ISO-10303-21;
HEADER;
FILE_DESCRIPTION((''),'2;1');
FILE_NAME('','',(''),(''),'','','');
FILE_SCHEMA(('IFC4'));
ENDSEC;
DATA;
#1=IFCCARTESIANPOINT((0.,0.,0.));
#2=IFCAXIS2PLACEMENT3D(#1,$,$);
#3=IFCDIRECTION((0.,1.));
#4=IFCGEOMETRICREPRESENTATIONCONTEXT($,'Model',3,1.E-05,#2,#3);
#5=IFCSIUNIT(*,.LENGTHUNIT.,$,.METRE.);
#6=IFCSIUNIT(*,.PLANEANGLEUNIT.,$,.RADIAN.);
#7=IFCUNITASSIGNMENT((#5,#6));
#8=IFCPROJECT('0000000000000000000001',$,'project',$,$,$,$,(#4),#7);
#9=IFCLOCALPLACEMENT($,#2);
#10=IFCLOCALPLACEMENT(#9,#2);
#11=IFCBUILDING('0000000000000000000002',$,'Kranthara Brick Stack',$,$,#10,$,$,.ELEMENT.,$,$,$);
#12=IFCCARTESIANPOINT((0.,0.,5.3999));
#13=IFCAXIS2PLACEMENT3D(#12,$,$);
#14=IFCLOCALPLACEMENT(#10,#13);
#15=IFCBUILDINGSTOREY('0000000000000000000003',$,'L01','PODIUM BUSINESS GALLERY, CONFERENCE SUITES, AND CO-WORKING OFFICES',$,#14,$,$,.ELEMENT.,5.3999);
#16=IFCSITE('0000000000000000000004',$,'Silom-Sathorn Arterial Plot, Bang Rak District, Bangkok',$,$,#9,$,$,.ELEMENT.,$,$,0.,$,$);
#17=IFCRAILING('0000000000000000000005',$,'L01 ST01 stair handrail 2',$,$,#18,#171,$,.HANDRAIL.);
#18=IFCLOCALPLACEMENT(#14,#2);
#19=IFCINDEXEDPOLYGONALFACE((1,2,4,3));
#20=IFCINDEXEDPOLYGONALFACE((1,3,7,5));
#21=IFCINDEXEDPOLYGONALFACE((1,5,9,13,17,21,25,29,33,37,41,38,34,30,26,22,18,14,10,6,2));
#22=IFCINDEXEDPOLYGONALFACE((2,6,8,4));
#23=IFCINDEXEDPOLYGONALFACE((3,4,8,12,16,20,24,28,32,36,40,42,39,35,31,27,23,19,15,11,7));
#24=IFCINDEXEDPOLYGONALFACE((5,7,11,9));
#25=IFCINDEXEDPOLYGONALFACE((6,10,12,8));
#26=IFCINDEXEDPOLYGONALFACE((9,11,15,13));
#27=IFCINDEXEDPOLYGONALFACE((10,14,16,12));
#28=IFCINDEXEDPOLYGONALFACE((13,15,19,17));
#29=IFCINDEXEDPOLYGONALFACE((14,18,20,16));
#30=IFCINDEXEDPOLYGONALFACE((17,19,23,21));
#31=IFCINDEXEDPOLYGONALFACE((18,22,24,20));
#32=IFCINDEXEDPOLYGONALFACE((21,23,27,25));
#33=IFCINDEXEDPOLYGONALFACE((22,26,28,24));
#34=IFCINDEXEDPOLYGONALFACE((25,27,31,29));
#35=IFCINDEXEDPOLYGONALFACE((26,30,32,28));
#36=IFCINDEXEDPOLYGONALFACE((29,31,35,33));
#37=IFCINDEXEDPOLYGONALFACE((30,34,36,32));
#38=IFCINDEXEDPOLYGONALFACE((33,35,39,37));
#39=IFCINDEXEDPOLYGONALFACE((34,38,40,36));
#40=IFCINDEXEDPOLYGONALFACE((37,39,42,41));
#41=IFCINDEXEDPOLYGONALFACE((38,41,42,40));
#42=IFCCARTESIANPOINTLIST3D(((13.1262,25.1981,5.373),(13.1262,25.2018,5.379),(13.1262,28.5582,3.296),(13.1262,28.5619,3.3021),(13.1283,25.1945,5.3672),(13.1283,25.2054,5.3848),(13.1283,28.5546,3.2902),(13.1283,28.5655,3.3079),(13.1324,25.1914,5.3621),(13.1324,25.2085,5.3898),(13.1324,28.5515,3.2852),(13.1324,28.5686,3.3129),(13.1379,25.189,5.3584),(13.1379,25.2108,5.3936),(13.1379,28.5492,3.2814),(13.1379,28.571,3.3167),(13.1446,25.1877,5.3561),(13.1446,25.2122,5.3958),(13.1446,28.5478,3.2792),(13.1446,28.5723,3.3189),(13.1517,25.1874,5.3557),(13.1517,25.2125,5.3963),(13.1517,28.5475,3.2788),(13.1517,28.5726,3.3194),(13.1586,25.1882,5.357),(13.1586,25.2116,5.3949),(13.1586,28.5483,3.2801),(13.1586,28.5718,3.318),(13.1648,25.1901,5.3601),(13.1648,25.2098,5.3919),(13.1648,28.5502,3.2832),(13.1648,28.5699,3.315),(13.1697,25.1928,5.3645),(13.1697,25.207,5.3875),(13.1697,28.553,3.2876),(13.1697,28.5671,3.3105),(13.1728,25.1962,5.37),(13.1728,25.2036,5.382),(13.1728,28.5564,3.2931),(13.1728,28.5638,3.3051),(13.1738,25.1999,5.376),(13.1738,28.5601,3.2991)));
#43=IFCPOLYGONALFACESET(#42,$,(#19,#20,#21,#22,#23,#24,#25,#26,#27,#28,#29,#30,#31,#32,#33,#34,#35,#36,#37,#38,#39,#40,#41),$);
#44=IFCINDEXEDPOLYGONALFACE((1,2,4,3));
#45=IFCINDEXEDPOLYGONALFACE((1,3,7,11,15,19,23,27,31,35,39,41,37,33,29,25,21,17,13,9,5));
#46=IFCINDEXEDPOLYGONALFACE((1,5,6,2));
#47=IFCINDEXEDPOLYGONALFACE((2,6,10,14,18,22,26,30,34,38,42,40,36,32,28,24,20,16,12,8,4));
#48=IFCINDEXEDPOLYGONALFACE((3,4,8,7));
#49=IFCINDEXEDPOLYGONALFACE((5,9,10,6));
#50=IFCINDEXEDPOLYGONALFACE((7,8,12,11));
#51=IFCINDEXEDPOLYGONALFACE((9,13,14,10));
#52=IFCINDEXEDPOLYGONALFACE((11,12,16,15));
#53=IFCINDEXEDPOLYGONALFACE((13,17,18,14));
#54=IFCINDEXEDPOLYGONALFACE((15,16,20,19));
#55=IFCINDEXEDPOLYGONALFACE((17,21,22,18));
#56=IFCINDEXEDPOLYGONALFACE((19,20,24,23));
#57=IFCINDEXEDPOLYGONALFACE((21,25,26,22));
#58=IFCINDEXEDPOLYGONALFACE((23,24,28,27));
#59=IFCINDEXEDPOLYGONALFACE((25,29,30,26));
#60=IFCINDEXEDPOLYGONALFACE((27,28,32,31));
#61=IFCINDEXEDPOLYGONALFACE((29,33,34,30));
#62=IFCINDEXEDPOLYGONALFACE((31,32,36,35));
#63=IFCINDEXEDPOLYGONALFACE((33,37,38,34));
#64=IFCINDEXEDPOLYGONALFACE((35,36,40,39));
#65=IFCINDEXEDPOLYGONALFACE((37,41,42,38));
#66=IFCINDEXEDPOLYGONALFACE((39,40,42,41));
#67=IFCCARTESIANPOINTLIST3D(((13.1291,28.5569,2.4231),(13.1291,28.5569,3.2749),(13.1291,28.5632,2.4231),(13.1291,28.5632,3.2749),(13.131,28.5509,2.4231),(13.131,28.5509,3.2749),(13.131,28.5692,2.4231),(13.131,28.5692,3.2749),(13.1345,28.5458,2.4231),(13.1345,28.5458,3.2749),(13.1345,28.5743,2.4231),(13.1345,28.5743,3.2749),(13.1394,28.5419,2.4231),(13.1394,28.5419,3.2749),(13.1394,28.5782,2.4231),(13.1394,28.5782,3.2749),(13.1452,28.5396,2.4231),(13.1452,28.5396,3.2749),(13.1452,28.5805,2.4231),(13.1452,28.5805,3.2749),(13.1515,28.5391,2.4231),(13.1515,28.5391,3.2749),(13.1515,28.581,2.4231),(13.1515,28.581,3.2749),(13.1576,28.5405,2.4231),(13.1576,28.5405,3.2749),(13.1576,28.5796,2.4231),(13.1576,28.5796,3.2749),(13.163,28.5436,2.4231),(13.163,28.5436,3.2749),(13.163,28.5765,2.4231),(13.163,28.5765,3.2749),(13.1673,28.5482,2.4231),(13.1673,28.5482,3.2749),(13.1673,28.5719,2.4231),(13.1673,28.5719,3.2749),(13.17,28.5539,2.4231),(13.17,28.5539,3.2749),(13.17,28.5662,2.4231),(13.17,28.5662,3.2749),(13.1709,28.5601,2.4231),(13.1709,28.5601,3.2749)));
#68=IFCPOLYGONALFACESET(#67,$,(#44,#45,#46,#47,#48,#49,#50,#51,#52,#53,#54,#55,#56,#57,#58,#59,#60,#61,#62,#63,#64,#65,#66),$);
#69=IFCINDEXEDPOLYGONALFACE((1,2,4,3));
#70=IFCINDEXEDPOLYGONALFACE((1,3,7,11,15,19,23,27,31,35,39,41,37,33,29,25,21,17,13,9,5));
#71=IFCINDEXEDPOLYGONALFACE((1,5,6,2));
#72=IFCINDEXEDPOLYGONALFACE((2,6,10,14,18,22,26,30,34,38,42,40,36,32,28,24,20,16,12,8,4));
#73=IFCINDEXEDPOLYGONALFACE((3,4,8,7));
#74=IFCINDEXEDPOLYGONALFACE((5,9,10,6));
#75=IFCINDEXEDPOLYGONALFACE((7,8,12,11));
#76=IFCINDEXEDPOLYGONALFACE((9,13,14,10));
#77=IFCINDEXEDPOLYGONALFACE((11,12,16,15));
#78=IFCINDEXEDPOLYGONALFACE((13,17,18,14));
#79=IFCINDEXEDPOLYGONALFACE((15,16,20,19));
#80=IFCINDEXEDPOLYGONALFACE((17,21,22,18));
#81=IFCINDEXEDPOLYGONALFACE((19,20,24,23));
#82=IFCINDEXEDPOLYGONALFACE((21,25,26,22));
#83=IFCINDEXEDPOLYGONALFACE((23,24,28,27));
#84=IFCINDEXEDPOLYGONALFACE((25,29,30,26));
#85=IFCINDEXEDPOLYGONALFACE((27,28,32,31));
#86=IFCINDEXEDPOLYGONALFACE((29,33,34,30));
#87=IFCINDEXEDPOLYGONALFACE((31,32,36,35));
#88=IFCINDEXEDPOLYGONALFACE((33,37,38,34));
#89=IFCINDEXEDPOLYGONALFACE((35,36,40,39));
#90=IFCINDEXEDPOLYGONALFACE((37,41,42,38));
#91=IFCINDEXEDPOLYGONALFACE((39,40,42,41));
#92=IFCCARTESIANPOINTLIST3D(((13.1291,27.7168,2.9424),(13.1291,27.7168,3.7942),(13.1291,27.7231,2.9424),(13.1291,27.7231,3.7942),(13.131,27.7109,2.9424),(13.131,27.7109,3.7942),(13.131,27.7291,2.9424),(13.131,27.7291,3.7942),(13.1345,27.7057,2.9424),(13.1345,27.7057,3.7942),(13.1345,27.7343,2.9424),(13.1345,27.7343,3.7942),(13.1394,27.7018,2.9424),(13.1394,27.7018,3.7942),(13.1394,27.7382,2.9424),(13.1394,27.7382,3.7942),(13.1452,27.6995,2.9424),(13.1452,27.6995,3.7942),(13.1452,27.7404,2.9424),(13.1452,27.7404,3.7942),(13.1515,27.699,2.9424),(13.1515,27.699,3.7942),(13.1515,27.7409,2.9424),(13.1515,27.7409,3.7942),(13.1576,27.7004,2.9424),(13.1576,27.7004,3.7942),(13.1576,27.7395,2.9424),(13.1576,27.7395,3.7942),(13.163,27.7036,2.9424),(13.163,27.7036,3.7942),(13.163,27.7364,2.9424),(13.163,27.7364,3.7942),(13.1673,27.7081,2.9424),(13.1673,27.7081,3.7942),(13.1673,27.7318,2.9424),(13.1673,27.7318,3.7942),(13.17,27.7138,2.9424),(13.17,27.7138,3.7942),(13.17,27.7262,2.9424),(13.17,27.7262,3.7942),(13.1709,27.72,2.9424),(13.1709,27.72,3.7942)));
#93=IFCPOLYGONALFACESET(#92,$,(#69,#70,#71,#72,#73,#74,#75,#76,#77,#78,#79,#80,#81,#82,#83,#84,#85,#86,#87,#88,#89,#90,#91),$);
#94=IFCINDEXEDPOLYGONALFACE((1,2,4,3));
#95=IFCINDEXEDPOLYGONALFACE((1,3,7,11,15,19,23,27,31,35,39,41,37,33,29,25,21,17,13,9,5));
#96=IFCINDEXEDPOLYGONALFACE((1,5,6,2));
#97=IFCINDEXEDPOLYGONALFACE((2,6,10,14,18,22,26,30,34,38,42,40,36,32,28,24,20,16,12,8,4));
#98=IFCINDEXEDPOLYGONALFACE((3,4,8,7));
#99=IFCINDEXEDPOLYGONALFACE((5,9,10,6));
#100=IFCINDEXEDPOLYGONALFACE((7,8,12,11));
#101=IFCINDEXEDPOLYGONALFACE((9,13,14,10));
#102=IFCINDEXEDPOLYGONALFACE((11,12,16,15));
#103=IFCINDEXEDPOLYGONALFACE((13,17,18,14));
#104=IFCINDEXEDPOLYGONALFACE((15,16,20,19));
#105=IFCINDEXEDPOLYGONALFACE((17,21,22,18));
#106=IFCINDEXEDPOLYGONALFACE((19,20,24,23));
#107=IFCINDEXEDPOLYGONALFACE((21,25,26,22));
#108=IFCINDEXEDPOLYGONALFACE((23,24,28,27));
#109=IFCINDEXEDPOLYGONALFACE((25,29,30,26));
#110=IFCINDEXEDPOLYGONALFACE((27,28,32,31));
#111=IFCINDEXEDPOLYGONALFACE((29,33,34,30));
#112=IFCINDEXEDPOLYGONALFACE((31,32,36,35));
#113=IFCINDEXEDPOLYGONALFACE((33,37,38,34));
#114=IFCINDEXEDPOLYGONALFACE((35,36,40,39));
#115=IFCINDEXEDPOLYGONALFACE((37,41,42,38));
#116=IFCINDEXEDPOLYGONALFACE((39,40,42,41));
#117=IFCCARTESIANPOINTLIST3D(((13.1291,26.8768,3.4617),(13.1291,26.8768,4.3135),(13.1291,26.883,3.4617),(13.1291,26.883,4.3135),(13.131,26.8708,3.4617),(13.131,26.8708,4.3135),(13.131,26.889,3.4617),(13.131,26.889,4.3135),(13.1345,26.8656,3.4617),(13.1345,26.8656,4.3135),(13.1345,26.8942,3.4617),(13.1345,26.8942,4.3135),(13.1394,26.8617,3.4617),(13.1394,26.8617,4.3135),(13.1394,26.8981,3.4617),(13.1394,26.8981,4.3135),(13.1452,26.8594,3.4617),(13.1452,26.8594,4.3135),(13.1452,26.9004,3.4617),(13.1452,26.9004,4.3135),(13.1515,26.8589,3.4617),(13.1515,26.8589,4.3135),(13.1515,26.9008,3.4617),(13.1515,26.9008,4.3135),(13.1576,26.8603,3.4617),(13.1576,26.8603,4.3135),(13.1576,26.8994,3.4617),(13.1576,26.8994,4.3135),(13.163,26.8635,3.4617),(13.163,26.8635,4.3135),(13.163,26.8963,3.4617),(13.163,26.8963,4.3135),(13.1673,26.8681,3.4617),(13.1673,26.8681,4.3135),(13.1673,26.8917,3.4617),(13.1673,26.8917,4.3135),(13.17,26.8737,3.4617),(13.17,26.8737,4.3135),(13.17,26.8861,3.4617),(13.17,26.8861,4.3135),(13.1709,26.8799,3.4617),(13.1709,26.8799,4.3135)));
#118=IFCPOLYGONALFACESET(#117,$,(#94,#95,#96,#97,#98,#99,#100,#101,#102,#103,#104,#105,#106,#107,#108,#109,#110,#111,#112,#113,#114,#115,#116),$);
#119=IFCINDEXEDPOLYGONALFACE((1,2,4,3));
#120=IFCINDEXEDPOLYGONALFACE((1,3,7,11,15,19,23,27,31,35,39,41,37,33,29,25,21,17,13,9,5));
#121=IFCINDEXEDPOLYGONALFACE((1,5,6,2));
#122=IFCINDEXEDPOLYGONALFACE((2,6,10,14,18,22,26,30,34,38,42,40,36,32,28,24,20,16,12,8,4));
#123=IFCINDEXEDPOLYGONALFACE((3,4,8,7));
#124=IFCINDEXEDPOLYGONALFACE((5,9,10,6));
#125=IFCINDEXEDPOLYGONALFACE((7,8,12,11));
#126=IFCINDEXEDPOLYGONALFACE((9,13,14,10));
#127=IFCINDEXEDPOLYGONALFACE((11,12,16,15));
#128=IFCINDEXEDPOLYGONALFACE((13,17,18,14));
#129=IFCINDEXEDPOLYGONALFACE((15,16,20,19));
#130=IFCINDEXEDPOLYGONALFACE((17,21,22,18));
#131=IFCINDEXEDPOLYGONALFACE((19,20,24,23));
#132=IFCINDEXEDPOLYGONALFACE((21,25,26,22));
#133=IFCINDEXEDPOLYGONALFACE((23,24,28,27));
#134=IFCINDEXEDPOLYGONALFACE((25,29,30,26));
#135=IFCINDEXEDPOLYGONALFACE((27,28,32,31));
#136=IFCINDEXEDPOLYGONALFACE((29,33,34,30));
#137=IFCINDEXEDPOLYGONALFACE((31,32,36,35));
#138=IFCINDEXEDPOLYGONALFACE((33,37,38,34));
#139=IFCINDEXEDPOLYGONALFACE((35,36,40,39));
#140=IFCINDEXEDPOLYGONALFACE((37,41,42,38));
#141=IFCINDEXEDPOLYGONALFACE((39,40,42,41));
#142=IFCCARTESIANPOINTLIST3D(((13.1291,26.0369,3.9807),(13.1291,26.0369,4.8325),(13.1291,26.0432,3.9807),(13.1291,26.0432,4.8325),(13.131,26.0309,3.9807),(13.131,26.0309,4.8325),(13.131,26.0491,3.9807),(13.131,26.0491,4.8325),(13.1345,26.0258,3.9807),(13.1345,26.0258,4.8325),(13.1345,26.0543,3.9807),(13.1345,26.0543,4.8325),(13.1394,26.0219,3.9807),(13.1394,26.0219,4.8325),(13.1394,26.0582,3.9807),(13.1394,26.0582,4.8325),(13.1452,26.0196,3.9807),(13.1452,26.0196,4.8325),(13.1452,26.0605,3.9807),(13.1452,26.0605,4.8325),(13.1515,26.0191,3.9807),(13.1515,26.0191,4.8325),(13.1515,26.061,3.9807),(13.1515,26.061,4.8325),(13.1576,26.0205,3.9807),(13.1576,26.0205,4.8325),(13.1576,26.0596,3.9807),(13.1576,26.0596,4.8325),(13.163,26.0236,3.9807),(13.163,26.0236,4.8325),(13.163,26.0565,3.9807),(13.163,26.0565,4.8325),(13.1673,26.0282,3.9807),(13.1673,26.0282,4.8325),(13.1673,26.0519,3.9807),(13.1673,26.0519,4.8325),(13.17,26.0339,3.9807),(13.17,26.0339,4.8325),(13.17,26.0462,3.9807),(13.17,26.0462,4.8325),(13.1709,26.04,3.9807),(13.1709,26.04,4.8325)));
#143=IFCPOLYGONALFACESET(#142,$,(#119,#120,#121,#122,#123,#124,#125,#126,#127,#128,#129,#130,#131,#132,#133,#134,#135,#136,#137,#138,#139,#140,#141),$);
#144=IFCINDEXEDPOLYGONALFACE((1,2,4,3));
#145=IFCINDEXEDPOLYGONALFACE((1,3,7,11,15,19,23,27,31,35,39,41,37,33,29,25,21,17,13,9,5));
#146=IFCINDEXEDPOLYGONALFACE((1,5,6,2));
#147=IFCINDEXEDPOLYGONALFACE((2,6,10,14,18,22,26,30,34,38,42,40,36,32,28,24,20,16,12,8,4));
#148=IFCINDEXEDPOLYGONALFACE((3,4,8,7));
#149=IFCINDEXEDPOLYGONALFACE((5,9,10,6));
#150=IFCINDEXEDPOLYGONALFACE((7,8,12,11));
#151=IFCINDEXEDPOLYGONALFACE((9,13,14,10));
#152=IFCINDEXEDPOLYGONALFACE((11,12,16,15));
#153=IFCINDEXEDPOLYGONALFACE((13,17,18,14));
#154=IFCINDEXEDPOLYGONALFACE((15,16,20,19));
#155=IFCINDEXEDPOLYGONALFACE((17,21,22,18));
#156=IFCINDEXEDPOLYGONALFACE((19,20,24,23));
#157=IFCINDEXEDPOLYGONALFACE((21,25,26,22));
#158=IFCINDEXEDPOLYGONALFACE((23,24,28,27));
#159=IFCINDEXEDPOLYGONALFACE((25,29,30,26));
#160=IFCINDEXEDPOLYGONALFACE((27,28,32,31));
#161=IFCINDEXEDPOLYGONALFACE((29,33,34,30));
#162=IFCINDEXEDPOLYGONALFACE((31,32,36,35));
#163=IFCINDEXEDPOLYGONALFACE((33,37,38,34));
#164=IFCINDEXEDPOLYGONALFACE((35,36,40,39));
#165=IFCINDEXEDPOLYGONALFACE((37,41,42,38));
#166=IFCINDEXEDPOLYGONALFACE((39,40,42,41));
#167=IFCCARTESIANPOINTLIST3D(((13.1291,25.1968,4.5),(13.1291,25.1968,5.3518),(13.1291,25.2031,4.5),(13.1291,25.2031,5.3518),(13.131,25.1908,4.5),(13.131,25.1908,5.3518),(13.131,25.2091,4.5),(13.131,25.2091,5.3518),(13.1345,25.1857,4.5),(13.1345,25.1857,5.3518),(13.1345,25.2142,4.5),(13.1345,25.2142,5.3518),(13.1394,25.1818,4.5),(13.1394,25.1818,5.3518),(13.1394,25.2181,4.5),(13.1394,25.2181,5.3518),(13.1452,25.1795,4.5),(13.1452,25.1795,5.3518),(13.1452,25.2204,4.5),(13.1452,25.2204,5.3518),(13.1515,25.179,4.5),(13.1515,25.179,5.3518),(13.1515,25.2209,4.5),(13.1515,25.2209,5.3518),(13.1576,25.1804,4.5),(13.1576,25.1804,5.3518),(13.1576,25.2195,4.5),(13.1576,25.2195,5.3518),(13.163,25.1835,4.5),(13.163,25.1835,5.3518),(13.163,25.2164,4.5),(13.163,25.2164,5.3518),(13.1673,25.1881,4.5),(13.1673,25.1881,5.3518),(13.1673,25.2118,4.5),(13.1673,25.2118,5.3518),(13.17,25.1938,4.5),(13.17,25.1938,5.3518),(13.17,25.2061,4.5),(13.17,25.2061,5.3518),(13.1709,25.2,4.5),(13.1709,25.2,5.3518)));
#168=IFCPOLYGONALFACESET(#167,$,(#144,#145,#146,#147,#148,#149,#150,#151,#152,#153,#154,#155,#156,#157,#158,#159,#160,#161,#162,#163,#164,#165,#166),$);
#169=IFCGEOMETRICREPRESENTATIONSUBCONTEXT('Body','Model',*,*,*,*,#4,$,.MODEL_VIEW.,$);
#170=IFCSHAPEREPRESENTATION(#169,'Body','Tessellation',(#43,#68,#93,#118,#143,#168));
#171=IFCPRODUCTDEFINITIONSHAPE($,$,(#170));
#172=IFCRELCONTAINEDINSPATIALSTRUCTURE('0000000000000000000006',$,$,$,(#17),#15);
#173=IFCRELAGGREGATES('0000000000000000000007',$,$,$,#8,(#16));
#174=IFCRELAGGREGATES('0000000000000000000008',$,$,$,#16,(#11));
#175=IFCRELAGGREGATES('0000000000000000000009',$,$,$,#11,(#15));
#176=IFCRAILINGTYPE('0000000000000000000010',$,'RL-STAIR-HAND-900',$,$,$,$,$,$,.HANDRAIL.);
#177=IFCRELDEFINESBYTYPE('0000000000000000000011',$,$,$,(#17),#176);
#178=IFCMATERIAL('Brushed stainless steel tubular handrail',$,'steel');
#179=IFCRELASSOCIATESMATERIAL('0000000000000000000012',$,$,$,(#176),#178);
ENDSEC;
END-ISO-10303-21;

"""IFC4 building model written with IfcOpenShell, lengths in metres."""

from ifc_helpers import new_model, si_unit, direction, frame, origin, origin_2d, place, context, subcontext, project, spatial, circle, extrude, material, type_object, element, save


model = new_model("IFC4")

# Units and contexts
model_context = context("Model", 3, precision=1e-05, world=origin(), true_north=direction((0.0, 1.0)))
body_context = subcontext(model_context, "Body", "Model", "MODEL_VIEW")
ifc_project = project(units=[si_unit("LENGTHUNIT", "METRE"), si_unit("PLANEANGLEUNIT", "RADIAN")], contexts=[model_context])

# Site, building, storey
site_placement = place(None, origin())
site = spatial("IfcSite", under=ifc_project, at=site_placement, Name="Silom-Sathorn Arterial Plot, Bang Rak District, Bangkok", CompositionType="ELEMENT", RefElevation=0.0)
building_placement = place(site_placement, origin())
building = spatial("IfcBuilding", under=site, at=building_placement, Name="Kranthara Brick Stack", CompositionType="ELEMENT")
storey_placement = place(building_placement, frame((0.0, 0.0, 5.3999)))
storey = spatial("IfcBuildingStorey", under=building, at=storey_placement, Name="L01", Description="PODIUM BUSINESS GALLERY, CONFERENCE SUITES, AND CO-WORKING OFFICES", CompositionType="ELEMENT", Elevation=5.3999)

# Railing
ifc_material_1 = material(Name="Brushed stainless steel tubular handrail", Category="steel")
railing_type_1 = type_object("IfcRailingType", Name="RL-STAIR-HAND-900", PredefinedType="HANDRAIL", material=ifc_material_1)
railing_1_placement = place(storey_placement, frame((13.1499, 28.5601, 2.4231)))
element("IfcRailing", 1, at=railing_1_placement, inside=storey, type_object=railing_type_1, Name="L01 ST01 stair handrail 2", PredefinedType="HANDRAIL", context=body_context, shape_type="SweptSolid", body=[
    extrude(circle(Radius=0.0239, at=origin_2d()), frame((0.0, 0.0, 0.876), z_axis=(0.0, -0.850623, 0.525776), x_axis=(1.0, 0.0, 0.0)), (0.0, 0.0, 1.0), 3.9502),
    extrude(circle(Radius=0.021, at=origin_2d()), origin(), (0.0, 0.0, 1.0), 0.8518),
    extrude(circle(Radius=0.021, at=origin_2d()), frame((0.0, -0.8401, 0.5193)), (0.0, 0.0, 1.0), 0.8518),
    extrude(circle(Radius=0.021, at=origin_2d()), frame((0.0, -1.6802, 1.0386)), (0.0, 0.0, 1.0), 0.8518),
    extrude(circle(Radius=0.021, at=origin_2d()), frame((0.0, -2.52, 1.5576)), (0.0, 0.0, 1.0), 0.8518),
    extrude(circle(Radius=0.021, at=origin_2d()), frame((0.0, -3.3601, 2.0769)), (0.0, 0.0, 1.0), 0.8518),
])

save(model, "model.ifc")
